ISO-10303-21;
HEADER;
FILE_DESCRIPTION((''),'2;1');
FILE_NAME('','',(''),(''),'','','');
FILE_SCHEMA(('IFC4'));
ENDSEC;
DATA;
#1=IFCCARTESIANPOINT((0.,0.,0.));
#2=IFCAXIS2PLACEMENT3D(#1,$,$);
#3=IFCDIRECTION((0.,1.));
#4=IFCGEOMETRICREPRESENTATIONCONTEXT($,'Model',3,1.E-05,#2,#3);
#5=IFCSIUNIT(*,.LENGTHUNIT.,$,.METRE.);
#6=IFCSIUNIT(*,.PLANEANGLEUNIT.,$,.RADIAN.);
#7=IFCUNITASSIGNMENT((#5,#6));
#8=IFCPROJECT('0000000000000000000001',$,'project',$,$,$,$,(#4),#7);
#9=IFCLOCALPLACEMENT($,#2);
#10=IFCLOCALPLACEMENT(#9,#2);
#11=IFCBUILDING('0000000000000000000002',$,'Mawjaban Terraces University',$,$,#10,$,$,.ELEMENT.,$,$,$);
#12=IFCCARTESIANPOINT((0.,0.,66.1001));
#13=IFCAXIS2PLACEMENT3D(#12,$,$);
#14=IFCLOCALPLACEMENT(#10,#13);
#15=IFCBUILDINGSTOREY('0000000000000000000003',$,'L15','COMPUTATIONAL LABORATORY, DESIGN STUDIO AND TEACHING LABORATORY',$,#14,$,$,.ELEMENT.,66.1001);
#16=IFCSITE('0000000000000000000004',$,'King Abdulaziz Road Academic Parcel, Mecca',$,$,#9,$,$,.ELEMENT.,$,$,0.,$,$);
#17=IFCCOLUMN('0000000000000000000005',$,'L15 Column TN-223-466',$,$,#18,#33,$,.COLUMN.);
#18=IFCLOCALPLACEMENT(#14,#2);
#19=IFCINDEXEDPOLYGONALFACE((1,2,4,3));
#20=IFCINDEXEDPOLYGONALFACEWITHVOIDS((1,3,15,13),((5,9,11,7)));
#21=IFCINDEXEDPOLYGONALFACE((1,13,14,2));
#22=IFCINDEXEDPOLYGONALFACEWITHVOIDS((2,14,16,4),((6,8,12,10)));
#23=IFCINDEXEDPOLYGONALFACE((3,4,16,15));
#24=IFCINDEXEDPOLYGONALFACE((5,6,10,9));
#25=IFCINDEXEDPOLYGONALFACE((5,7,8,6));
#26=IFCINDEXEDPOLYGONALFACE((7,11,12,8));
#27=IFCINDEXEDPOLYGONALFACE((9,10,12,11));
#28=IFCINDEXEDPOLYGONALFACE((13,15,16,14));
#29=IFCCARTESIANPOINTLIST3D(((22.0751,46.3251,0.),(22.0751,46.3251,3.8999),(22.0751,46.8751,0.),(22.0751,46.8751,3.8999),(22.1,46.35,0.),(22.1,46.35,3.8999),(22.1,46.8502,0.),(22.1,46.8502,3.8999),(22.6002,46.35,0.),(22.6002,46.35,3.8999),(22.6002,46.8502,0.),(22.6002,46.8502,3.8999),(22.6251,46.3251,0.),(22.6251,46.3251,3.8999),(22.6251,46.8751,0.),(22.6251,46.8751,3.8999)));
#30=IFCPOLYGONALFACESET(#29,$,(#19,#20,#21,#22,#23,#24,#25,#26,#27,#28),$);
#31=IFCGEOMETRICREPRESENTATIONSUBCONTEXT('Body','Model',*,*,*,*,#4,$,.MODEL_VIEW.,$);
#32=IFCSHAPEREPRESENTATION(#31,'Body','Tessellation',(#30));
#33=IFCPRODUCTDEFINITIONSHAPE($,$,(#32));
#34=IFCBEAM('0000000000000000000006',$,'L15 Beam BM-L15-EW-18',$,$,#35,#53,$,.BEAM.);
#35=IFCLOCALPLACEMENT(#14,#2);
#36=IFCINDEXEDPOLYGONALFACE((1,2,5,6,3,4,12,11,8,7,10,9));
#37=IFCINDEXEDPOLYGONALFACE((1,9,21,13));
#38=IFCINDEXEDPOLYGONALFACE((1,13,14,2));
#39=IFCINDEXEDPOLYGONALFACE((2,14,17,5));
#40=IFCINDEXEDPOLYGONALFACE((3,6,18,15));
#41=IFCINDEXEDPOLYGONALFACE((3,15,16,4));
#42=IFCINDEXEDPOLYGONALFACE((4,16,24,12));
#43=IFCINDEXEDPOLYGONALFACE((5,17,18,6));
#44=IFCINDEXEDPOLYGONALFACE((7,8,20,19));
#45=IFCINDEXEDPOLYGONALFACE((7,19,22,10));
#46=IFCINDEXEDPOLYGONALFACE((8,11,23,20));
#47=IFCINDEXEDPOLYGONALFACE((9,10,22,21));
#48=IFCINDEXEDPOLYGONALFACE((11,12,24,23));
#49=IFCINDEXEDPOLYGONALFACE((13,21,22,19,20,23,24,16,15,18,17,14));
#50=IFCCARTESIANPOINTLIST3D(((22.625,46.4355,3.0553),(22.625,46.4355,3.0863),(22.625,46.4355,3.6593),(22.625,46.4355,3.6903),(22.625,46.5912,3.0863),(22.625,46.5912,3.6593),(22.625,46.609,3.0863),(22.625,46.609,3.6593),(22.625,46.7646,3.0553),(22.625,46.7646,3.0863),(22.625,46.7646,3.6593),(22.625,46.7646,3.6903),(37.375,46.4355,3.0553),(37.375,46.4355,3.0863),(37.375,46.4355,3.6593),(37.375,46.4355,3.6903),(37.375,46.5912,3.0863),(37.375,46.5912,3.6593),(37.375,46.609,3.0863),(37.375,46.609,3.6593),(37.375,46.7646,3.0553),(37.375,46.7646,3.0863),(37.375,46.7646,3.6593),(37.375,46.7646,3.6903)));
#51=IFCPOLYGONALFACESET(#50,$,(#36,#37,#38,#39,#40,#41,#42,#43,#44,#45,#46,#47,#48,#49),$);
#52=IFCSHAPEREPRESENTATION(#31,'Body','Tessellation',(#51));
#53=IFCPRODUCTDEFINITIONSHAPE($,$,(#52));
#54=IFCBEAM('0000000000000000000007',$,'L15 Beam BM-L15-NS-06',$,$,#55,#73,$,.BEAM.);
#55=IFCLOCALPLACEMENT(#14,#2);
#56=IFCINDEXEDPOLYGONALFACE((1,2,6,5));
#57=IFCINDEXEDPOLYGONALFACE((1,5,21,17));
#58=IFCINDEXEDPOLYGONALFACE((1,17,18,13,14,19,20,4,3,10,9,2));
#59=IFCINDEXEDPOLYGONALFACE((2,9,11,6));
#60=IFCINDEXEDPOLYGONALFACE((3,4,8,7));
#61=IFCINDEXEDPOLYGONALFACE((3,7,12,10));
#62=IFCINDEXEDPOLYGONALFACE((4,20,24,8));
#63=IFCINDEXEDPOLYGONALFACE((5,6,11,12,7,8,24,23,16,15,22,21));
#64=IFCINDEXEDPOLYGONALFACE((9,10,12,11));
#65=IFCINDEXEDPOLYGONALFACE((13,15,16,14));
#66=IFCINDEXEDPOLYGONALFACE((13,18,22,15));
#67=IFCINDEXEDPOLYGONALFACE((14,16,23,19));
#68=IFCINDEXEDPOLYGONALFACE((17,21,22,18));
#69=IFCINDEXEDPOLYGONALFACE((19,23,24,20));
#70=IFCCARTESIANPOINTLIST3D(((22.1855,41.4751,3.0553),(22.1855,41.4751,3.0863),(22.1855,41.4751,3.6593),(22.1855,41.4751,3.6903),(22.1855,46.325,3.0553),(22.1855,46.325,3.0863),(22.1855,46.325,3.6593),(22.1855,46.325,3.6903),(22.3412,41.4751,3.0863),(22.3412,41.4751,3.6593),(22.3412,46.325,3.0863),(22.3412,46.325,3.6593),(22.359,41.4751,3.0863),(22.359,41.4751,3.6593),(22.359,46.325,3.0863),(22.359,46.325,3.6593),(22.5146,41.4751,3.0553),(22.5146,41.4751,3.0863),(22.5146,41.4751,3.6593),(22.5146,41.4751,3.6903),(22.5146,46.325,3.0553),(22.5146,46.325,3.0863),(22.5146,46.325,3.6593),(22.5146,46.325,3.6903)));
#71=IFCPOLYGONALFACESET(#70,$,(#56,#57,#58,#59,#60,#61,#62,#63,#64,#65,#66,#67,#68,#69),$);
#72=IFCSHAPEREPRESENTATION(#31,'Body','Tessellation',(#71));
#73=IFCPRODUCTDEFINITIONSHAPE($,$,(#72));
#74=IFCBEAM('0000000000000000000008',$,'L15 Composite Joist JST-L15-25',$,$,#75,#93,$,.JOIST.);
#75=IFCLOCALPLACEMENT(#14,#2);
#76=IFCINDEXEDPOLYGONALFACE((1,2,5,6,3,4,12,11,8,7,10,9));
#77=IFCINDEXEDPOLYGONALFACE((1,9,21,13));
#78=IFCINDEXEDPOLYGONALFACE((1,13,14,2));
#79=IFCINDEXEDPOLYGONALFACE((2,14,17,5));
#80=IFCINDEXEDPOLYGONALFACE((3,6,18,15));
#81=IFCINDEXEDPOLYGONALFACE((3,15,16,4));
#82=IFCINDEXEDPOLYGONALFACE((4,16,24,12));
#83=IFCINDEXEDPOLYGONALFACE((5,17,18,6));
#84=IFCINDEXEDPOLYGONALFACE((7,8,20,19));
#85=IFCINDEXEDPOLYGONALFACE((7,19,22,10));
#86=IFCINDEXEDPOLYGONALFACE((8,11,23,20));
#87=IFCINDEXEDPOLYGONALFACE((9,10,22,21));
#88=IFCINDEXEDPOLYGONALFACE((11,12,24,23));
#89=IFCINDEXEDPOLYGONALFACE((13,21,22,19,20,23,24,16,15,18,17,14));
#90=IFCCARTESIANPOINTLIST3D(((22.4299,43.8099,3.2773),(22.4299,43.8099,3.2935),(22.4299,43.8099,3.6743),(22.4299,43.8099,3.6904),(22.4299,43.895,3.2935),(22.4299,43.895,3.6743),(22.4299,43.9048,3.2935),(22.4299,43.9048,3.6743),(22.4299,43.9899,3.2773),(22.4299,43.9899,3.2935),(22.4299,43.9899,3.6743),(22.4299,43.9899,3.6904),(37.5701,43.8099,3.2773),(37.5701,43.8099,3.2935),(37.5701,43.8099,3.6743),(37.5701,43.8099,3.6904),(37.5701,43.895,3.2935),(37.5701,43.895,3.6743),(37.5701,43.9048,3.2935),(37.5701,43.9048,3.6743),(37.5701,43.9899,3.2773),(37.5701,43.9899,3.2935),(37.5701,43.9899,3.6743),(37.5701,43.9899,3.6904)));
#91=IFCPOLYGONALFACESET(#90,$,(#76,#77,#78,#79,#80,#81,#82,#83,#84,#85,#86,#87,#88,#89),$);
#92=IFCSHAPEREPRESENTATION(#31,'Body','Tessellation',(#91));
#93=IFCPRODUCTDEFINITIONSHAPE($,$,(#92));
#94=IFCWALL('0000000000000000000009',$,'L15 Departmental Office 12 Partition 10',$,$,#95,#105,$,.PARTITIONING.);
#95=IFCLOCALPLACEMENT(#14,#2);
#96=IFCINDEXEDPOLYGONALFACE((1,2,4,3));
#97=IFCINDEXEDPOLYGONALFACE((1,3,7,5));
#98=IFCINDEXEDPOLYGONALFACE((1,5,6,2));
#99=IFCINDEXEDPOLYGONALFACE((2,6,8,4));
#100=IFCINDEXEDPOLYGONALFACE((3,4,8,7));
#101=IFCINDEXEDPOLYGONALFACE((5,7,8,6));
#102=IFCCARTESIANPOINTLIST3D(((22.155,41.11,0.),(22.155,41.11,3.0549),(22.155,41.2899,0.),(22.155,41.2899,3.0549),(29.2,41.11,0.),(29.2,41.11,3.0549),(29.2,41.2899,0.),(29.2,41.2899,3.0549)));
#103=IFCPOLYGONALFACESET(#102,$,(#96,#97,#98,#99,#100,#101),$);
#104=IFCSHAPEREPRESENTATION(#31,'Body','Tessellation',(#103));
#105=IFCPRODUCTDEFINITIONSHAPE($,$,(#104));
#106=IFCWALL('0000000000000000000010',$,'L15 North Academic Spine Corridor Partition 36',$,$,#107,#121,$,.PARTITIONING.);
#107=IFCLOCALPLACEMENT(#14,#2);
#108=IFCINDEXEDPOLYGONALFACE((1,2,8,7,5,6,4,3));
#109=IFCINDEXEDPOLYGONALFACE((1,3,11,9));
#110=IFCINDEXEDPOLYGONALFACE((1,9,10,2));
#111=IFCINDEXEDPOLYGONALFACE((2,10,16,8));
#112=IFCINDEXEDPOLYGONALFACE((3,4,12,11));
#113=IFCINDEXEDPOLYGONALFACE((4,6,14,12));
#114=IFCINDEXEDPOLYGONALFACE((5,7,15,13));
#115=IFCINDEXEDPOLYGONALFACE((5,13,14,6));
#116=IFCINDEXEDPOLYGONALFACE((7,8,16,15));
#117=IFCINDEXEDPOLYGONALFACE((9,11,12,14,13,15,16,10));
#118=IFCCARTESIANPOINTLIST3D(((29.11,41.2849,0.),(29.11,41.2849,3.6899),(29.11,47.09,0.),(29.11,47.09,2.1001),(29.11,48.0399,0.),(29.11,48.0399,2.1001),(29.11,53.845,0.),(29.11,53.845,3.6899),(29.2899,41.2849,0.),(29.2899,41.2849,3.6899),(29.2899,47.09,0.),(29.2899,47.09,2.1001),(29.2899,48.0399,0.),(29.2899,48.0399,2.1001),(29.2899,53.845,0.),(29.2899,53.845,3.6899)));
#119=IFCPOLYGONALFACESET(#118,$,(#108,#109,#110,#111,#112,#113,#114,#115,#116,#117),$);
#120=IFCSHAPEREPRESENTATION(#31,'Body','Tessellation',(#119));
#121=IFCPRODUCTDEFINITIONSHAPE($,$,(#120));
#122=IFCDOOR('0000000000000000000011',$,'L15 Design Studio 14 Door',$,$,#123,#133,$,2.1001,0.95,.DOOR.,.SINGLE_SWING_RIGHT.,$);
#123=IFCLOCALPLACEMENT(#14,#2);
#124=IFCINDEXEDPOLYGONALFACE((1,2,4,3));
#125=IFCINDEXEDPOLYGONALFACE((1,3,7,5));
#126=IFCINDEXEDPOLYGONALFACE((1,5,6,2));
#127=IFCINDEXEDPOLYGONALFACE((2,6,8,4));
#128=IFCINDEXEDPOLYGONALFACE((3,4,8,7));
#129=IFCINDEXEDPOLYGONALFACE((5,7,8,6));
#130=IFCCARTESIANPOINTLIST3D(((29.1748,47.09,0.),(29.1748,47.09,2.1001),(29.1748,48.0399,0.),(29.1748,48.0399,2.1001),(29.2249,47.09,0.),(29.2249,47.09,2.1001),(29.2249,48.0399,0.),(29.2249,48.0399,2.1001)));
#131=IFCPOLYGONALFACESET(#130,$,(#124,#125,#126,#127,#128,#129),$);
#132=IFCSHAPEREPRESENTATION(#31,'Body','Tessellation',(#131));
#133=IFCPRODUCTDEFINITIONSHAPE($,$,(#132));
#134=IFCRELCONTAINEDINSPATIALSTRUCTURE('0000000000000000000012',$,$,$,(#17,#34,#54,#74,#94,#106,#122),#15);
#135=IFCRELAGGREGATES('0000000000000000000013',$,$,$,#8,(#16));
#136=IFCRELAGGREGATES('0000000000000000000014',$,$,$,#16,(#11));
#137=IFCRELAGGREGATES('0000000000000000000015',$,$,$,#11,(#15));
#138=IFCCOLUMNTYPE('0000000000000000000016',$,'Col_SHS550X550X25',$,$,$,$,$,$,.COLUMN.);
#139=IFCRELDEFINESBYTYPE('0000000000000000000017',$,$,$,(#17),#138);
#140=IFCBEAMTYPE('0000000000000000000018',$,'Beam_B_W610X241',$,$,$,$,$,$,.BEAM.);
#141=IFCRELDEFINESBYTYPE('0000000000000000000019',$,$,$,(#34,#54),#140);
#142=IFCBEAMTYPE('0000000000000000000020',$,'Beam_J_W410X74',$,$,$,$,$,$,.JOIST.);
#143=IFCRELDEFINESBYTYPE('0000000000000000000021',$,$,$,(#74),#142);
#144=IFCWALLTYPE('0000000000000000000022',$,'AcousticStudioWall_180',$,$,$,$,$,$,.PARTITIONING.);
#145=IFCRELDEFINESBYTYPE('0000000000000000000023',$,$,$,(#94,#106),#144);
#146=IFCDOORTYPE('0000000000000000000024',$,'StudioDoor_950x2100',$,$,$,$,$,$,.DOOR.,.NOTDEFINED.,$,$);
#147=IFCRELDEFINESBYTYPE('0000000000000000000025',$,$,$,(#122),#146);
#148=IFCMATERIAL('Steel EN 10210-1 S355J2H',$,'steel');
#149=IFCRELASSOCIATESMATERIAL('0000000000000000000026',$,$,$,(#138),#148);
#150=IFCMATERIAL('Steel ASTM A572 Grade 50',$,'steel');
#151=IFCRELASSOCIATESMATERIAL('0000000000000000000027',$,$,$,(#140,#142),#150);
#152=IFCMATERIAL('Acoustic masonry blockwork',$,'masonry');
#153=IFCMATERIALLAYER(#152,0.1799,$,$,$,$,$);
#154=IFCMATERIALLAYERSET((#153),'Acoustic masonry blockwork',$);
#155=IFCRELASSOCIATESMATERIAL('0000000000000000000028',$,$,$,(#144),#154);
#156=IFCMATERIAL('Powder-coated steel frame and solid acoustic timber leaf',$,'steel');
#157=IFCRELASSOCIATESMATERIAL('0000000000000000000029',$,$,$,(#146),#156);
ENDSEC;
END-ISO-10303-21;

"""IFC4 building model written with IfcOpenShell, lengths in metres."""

from ifc_helpers import new_model, si_unit, direction, frame, frame_2d, origin, origin_2d, place, context, subcontext, project, spatial, rectangle, hollow_rectangle, i_section, extrude, material, layer, layer_set, material_profile, profile_set, type_object, element, fill, save


model = new_model("IFC4")

# Units and contexts
model_context = context("Model", 3, precision=1e-05, world=origin(), true_north=direction((0.0, 1.0)))
body_context = subcontext(model_context, "Body", "Model", "MODEL_VIEW")
ifc_project = project(units=[si_unit("LENGTHUNIT", "METRE"), si_unit("PLANEANGLEUNIT", "RADIAN")], contexts=[model_context])

# Site, building, storey
site_placement = place(None, origin())
site = spatial("IfcSite", under=ifc_project, at=site_placement, Name="King Abdulaziz Road Academic Parcel, Mecca", CompositionType="ELEMENT", RefElevation=0.0)
building_placement = place(site_placement, origin())
building = spatial("IfcBuilding", under=site, at=building_placement, Name="Mawjaban Terraces University", CompositionType="ELEMENT")
storey_placement = place(building_placement, frame((0.0, 0.0, 66.1001)))
storey = spatial("IfcBuildingStorey", under=building, at=storey_placement, Name="L15", Description="COMPUTATIONAL LABORATORY, DESIGN STUDIO AND TEACHING LABORATORY", CompositionType="ELEMENT", Elevation=66.1001)

# Column
ifc_material_1 = material(Name="Steel EN 10210-1 S355J2H", Category="steel")
ifc_material_profile_1 = material_profile(ifc_material_1, hollow_rectangle(XDim=0.55, YDim=0.55, WallThickness=0.0249, at=origin_2d()), Name="SHS550X550X25")
ifc_profile_set_1 = profile_set([ifc_material_profile_1], Name="Steel EN 10210-1 S355J2H")
column_type = type_object("IfcColumnType", Name="Col_SHS550X550X25", PredefinedType="COLUMN", material=ifc_profile_set_1)
column_placement = place(storey_placement, frame((22.3501, 46.6001, 0.0), z_axis=(0.0, 0.0, 1.0), x_axis=(1.0, 0.0, 0.0)))
element("IfcColumn", 1, at=column_placement, inside=storey, type_object=column_type, Name="L15 Column TN-223-466", PredefinedType="COLUMN", context=body_context, shape_type="SweptSolid", body=[
    extrude(hollow_rectangle(XDim=0.55, YDim=0.55, WallThickness=0.0249, at=origin_2d()), origin(), (0.0, 0.0, 1.0), 3.8999),
])

# Beams
ifc_material_2 = material(Name="Steel ASTM A572 Grade 50", Category="steel")
ifc_material_profile_2 = material_profile(ifc_material_2, i_section(OverallWidth=0.3291, OverallDepth=0.635, WebThickness=0.0178, FlangeThickness=0.031, at=origin_2d()), Name="W610X241")
ifc_profile_set_2 = profile_set([ifc_material_profile_2], Name="Steel ASTM A572 Grade 50")
beam_type_1 = type_object("IfcBeamType", Name="Beam_B_W610X241", PredefinedType="BEAM", material=ifc_profile_set_2)
beam_1_placement = place(storey_placement, frame((22.625, 46.6001, 3.3728), z_axis=(1.0, 0.0, 0.0), x_axis=(0.0, 1.0, 0.0)))
element("IfcBeam", 2, at=beam_1_placement, inside=storey, type_object=beam_type_1, Name="L15 Beam BM-L15-EW-18", PredefinedType="BEAM", context=body_context, shape_type="SweptSolid", body=[
    extrude(i_section(OverallWidth=0.3291, OverallDepth=0.635, WebThickness=0.0178, FlangeThickness=0.031, at=origin_2d()), origin(), (0.0, 0.0, 1.0), 14.75),
])
beam_2_placement = place(storey_placement, frame((22.3501, 41.4751, 3.3728), z_axis=(0.0, 1.0, 0.0), x_axis=(-1.0, 0.0, 0.0)))
element("IfcBeam", 3, at=beam_2_placement, inside=storey, type_object=beam_type_1, Name="L15 Beam BM-L15-NS-06", PredefinedType="BEAM", context=body_context, shape_type="SweptSolid", body=[
    extrude(i_section(OverallWidth=0.3291, OverallDepth=0.635, WebThickness=0.0178, FlangeThickness=0.031, at=origin_2d()), origin(), (0.0, 0.0, 1.0), 4.8499),
])
ifc_material_profile_3 = material_profile(ifc_material_2, i_section(OverallWidth=0.1799, OverallDepth=0.4131, WebThickness=0.0098, FlangeThickness=0.0161, at=origin_2d()), Name="W410X74")
ifc_profile_set_3 = profile_set([ifc_material_profile_3], Name="Steel ASTM A572 Grade 50")
beam_type_2 = type_object("IfcBeamType", Name="Beam_J_W410X74", PredefinedType="JOIST", material=ifc_profile_set_3)
beam_3_placement = place(storey_placement, frame((22.4299, 43.8999, 3.4839), z_axis=(1.0, 0.0, 0.0), x_axis=(0.0, 1.0, 0.0)))
element("IfcBeam", 4, at=beam_3_placement, inside=storey, type_object=beam_type_2, Name="L15 Composite Joist JST-L15-25", PredefinedType="JOIST", context=body_context, shape_type="SweptSolid", body=[
    extrude(i_section(OverallWidth=0.1799, OverallDepth=0.4131, WebThickness=0.0098, FlangeThickness=0.0161, at=origin_2d()), origin(), (0.0, 0.0, 1.0), 15.1401),
])

# Wall
ifc_material_3 = material(Name="Acoustic masonry blockwork", Category="masonry")
ifc_layer_1 = layer(ifc_material_3, 0.1799)
ifc_layer_set_1 = layer_set([ifc_layer_1], Name="Acoustic masonry blockwork")
wall_type_1 = type_object("IfcWallType", Name="AcousticStudioWall_180", PredefinedType="PARTITIONING", material=ifc_layer_set_1)
wall_1_placement = place(storey_placement, frame((29.2, 41.2, 0.0), z_axis=(0.0, 0.0, 1.0), x_axis=(-1.0, 0.0, 0.0)))
element("IfcWall", 5, at=wall_1_placement, inside=storey, type_object=wall_type_1, Name="L15 Departmental Office 12 Partition 10", PredefinedType="PARTITIONING", context=body_context, shape_type="SweptSolid", body=[
    extrude(rectangle(XDim=7.0449, YDim=0.1799, at=frame_2d((3.5225, 0.0))), origin(), (0.0, 0.0, 1.0), 3.0549),
])

# Wall, opening, door
wall_2_placement = place(storey_placement, frame((29.2, 53.845, 0.0), z_axis=(0.0, 0.0, 1.0), x_axis=(0.0, -1.0, 0.0)))
wall_2 = element("IfcWall", 6, at=wall_2_placement, inside=storey, type_object=wall_type_1, Name="L15 North Academic Spine Corridor Partition 36", PredefinedType="PARTITIONING", context=body_context, shape_type="SweptSolid", body=[
    extrude(rectangle(XDim=12.5601, YDim=0.1799, at=frame_2d((6.28, 0.0))), origin(), (0.0, 0.0, 1.0), 3.6899),
])
opening_1_placement = place(wall_2_placement, frame((5.8049, 0.0, 0.0)))
opening_1 = element("IfcOpeningElement", 7, at=opening_1_placement, cuts=wall_2, PredefinedType="OPENING", context=body_context, shape_type="SweptSolid", body=[
    extrude(rectangle(XDim=0.95, YDim=2.1001, at=frame_2d((0.4751, 1.05))), frame((0.0, 0.0999, 0.0), z_axis=(0.0, -1.0, 0.0), x_axis=(1.0, 0.0, 0.0)), (0.0, 0.0, 1.0), 0.2),
])
ifc_material_4 = material(Name="Powder-coated steel frame and solid acoustic timber leaf", Category="steel")
door_type_1 = type_object("IfcDoorType", Name="StudioDoor_950x2100", OperationType="NOTDEFINED", PredefinedType="DOOR", material=ifc_material_4)
door_1_placement = place(opening_1_placement, origin())
door_1 = element("IfcDoor", 8, at=door_1_placement, inside=storey, type_object=door_type_1, Name="L15 Design Studio 14 Door", OperationType="SINGLE_SWING_RIGHT", OverallHeight=2.1001, OverallWidth=0.95, PredefinedType="DOOR", context=body_context, shape_type="SweptSolid", body=[
    extrude(rectangle(XDim=0.95, YDim=2.1001, at=frame_2d((0.4751, 1.05))), frame((0.0, 0.0249, 0.0), z_axis=(0.0, -1.0, 0.0), x_axis=(1.0, 0.0, 0.0)), (0.0, 0.0, 1.0), 0.05),
])
fill(opening_1, door_1)

save(model, "model.ifc")
